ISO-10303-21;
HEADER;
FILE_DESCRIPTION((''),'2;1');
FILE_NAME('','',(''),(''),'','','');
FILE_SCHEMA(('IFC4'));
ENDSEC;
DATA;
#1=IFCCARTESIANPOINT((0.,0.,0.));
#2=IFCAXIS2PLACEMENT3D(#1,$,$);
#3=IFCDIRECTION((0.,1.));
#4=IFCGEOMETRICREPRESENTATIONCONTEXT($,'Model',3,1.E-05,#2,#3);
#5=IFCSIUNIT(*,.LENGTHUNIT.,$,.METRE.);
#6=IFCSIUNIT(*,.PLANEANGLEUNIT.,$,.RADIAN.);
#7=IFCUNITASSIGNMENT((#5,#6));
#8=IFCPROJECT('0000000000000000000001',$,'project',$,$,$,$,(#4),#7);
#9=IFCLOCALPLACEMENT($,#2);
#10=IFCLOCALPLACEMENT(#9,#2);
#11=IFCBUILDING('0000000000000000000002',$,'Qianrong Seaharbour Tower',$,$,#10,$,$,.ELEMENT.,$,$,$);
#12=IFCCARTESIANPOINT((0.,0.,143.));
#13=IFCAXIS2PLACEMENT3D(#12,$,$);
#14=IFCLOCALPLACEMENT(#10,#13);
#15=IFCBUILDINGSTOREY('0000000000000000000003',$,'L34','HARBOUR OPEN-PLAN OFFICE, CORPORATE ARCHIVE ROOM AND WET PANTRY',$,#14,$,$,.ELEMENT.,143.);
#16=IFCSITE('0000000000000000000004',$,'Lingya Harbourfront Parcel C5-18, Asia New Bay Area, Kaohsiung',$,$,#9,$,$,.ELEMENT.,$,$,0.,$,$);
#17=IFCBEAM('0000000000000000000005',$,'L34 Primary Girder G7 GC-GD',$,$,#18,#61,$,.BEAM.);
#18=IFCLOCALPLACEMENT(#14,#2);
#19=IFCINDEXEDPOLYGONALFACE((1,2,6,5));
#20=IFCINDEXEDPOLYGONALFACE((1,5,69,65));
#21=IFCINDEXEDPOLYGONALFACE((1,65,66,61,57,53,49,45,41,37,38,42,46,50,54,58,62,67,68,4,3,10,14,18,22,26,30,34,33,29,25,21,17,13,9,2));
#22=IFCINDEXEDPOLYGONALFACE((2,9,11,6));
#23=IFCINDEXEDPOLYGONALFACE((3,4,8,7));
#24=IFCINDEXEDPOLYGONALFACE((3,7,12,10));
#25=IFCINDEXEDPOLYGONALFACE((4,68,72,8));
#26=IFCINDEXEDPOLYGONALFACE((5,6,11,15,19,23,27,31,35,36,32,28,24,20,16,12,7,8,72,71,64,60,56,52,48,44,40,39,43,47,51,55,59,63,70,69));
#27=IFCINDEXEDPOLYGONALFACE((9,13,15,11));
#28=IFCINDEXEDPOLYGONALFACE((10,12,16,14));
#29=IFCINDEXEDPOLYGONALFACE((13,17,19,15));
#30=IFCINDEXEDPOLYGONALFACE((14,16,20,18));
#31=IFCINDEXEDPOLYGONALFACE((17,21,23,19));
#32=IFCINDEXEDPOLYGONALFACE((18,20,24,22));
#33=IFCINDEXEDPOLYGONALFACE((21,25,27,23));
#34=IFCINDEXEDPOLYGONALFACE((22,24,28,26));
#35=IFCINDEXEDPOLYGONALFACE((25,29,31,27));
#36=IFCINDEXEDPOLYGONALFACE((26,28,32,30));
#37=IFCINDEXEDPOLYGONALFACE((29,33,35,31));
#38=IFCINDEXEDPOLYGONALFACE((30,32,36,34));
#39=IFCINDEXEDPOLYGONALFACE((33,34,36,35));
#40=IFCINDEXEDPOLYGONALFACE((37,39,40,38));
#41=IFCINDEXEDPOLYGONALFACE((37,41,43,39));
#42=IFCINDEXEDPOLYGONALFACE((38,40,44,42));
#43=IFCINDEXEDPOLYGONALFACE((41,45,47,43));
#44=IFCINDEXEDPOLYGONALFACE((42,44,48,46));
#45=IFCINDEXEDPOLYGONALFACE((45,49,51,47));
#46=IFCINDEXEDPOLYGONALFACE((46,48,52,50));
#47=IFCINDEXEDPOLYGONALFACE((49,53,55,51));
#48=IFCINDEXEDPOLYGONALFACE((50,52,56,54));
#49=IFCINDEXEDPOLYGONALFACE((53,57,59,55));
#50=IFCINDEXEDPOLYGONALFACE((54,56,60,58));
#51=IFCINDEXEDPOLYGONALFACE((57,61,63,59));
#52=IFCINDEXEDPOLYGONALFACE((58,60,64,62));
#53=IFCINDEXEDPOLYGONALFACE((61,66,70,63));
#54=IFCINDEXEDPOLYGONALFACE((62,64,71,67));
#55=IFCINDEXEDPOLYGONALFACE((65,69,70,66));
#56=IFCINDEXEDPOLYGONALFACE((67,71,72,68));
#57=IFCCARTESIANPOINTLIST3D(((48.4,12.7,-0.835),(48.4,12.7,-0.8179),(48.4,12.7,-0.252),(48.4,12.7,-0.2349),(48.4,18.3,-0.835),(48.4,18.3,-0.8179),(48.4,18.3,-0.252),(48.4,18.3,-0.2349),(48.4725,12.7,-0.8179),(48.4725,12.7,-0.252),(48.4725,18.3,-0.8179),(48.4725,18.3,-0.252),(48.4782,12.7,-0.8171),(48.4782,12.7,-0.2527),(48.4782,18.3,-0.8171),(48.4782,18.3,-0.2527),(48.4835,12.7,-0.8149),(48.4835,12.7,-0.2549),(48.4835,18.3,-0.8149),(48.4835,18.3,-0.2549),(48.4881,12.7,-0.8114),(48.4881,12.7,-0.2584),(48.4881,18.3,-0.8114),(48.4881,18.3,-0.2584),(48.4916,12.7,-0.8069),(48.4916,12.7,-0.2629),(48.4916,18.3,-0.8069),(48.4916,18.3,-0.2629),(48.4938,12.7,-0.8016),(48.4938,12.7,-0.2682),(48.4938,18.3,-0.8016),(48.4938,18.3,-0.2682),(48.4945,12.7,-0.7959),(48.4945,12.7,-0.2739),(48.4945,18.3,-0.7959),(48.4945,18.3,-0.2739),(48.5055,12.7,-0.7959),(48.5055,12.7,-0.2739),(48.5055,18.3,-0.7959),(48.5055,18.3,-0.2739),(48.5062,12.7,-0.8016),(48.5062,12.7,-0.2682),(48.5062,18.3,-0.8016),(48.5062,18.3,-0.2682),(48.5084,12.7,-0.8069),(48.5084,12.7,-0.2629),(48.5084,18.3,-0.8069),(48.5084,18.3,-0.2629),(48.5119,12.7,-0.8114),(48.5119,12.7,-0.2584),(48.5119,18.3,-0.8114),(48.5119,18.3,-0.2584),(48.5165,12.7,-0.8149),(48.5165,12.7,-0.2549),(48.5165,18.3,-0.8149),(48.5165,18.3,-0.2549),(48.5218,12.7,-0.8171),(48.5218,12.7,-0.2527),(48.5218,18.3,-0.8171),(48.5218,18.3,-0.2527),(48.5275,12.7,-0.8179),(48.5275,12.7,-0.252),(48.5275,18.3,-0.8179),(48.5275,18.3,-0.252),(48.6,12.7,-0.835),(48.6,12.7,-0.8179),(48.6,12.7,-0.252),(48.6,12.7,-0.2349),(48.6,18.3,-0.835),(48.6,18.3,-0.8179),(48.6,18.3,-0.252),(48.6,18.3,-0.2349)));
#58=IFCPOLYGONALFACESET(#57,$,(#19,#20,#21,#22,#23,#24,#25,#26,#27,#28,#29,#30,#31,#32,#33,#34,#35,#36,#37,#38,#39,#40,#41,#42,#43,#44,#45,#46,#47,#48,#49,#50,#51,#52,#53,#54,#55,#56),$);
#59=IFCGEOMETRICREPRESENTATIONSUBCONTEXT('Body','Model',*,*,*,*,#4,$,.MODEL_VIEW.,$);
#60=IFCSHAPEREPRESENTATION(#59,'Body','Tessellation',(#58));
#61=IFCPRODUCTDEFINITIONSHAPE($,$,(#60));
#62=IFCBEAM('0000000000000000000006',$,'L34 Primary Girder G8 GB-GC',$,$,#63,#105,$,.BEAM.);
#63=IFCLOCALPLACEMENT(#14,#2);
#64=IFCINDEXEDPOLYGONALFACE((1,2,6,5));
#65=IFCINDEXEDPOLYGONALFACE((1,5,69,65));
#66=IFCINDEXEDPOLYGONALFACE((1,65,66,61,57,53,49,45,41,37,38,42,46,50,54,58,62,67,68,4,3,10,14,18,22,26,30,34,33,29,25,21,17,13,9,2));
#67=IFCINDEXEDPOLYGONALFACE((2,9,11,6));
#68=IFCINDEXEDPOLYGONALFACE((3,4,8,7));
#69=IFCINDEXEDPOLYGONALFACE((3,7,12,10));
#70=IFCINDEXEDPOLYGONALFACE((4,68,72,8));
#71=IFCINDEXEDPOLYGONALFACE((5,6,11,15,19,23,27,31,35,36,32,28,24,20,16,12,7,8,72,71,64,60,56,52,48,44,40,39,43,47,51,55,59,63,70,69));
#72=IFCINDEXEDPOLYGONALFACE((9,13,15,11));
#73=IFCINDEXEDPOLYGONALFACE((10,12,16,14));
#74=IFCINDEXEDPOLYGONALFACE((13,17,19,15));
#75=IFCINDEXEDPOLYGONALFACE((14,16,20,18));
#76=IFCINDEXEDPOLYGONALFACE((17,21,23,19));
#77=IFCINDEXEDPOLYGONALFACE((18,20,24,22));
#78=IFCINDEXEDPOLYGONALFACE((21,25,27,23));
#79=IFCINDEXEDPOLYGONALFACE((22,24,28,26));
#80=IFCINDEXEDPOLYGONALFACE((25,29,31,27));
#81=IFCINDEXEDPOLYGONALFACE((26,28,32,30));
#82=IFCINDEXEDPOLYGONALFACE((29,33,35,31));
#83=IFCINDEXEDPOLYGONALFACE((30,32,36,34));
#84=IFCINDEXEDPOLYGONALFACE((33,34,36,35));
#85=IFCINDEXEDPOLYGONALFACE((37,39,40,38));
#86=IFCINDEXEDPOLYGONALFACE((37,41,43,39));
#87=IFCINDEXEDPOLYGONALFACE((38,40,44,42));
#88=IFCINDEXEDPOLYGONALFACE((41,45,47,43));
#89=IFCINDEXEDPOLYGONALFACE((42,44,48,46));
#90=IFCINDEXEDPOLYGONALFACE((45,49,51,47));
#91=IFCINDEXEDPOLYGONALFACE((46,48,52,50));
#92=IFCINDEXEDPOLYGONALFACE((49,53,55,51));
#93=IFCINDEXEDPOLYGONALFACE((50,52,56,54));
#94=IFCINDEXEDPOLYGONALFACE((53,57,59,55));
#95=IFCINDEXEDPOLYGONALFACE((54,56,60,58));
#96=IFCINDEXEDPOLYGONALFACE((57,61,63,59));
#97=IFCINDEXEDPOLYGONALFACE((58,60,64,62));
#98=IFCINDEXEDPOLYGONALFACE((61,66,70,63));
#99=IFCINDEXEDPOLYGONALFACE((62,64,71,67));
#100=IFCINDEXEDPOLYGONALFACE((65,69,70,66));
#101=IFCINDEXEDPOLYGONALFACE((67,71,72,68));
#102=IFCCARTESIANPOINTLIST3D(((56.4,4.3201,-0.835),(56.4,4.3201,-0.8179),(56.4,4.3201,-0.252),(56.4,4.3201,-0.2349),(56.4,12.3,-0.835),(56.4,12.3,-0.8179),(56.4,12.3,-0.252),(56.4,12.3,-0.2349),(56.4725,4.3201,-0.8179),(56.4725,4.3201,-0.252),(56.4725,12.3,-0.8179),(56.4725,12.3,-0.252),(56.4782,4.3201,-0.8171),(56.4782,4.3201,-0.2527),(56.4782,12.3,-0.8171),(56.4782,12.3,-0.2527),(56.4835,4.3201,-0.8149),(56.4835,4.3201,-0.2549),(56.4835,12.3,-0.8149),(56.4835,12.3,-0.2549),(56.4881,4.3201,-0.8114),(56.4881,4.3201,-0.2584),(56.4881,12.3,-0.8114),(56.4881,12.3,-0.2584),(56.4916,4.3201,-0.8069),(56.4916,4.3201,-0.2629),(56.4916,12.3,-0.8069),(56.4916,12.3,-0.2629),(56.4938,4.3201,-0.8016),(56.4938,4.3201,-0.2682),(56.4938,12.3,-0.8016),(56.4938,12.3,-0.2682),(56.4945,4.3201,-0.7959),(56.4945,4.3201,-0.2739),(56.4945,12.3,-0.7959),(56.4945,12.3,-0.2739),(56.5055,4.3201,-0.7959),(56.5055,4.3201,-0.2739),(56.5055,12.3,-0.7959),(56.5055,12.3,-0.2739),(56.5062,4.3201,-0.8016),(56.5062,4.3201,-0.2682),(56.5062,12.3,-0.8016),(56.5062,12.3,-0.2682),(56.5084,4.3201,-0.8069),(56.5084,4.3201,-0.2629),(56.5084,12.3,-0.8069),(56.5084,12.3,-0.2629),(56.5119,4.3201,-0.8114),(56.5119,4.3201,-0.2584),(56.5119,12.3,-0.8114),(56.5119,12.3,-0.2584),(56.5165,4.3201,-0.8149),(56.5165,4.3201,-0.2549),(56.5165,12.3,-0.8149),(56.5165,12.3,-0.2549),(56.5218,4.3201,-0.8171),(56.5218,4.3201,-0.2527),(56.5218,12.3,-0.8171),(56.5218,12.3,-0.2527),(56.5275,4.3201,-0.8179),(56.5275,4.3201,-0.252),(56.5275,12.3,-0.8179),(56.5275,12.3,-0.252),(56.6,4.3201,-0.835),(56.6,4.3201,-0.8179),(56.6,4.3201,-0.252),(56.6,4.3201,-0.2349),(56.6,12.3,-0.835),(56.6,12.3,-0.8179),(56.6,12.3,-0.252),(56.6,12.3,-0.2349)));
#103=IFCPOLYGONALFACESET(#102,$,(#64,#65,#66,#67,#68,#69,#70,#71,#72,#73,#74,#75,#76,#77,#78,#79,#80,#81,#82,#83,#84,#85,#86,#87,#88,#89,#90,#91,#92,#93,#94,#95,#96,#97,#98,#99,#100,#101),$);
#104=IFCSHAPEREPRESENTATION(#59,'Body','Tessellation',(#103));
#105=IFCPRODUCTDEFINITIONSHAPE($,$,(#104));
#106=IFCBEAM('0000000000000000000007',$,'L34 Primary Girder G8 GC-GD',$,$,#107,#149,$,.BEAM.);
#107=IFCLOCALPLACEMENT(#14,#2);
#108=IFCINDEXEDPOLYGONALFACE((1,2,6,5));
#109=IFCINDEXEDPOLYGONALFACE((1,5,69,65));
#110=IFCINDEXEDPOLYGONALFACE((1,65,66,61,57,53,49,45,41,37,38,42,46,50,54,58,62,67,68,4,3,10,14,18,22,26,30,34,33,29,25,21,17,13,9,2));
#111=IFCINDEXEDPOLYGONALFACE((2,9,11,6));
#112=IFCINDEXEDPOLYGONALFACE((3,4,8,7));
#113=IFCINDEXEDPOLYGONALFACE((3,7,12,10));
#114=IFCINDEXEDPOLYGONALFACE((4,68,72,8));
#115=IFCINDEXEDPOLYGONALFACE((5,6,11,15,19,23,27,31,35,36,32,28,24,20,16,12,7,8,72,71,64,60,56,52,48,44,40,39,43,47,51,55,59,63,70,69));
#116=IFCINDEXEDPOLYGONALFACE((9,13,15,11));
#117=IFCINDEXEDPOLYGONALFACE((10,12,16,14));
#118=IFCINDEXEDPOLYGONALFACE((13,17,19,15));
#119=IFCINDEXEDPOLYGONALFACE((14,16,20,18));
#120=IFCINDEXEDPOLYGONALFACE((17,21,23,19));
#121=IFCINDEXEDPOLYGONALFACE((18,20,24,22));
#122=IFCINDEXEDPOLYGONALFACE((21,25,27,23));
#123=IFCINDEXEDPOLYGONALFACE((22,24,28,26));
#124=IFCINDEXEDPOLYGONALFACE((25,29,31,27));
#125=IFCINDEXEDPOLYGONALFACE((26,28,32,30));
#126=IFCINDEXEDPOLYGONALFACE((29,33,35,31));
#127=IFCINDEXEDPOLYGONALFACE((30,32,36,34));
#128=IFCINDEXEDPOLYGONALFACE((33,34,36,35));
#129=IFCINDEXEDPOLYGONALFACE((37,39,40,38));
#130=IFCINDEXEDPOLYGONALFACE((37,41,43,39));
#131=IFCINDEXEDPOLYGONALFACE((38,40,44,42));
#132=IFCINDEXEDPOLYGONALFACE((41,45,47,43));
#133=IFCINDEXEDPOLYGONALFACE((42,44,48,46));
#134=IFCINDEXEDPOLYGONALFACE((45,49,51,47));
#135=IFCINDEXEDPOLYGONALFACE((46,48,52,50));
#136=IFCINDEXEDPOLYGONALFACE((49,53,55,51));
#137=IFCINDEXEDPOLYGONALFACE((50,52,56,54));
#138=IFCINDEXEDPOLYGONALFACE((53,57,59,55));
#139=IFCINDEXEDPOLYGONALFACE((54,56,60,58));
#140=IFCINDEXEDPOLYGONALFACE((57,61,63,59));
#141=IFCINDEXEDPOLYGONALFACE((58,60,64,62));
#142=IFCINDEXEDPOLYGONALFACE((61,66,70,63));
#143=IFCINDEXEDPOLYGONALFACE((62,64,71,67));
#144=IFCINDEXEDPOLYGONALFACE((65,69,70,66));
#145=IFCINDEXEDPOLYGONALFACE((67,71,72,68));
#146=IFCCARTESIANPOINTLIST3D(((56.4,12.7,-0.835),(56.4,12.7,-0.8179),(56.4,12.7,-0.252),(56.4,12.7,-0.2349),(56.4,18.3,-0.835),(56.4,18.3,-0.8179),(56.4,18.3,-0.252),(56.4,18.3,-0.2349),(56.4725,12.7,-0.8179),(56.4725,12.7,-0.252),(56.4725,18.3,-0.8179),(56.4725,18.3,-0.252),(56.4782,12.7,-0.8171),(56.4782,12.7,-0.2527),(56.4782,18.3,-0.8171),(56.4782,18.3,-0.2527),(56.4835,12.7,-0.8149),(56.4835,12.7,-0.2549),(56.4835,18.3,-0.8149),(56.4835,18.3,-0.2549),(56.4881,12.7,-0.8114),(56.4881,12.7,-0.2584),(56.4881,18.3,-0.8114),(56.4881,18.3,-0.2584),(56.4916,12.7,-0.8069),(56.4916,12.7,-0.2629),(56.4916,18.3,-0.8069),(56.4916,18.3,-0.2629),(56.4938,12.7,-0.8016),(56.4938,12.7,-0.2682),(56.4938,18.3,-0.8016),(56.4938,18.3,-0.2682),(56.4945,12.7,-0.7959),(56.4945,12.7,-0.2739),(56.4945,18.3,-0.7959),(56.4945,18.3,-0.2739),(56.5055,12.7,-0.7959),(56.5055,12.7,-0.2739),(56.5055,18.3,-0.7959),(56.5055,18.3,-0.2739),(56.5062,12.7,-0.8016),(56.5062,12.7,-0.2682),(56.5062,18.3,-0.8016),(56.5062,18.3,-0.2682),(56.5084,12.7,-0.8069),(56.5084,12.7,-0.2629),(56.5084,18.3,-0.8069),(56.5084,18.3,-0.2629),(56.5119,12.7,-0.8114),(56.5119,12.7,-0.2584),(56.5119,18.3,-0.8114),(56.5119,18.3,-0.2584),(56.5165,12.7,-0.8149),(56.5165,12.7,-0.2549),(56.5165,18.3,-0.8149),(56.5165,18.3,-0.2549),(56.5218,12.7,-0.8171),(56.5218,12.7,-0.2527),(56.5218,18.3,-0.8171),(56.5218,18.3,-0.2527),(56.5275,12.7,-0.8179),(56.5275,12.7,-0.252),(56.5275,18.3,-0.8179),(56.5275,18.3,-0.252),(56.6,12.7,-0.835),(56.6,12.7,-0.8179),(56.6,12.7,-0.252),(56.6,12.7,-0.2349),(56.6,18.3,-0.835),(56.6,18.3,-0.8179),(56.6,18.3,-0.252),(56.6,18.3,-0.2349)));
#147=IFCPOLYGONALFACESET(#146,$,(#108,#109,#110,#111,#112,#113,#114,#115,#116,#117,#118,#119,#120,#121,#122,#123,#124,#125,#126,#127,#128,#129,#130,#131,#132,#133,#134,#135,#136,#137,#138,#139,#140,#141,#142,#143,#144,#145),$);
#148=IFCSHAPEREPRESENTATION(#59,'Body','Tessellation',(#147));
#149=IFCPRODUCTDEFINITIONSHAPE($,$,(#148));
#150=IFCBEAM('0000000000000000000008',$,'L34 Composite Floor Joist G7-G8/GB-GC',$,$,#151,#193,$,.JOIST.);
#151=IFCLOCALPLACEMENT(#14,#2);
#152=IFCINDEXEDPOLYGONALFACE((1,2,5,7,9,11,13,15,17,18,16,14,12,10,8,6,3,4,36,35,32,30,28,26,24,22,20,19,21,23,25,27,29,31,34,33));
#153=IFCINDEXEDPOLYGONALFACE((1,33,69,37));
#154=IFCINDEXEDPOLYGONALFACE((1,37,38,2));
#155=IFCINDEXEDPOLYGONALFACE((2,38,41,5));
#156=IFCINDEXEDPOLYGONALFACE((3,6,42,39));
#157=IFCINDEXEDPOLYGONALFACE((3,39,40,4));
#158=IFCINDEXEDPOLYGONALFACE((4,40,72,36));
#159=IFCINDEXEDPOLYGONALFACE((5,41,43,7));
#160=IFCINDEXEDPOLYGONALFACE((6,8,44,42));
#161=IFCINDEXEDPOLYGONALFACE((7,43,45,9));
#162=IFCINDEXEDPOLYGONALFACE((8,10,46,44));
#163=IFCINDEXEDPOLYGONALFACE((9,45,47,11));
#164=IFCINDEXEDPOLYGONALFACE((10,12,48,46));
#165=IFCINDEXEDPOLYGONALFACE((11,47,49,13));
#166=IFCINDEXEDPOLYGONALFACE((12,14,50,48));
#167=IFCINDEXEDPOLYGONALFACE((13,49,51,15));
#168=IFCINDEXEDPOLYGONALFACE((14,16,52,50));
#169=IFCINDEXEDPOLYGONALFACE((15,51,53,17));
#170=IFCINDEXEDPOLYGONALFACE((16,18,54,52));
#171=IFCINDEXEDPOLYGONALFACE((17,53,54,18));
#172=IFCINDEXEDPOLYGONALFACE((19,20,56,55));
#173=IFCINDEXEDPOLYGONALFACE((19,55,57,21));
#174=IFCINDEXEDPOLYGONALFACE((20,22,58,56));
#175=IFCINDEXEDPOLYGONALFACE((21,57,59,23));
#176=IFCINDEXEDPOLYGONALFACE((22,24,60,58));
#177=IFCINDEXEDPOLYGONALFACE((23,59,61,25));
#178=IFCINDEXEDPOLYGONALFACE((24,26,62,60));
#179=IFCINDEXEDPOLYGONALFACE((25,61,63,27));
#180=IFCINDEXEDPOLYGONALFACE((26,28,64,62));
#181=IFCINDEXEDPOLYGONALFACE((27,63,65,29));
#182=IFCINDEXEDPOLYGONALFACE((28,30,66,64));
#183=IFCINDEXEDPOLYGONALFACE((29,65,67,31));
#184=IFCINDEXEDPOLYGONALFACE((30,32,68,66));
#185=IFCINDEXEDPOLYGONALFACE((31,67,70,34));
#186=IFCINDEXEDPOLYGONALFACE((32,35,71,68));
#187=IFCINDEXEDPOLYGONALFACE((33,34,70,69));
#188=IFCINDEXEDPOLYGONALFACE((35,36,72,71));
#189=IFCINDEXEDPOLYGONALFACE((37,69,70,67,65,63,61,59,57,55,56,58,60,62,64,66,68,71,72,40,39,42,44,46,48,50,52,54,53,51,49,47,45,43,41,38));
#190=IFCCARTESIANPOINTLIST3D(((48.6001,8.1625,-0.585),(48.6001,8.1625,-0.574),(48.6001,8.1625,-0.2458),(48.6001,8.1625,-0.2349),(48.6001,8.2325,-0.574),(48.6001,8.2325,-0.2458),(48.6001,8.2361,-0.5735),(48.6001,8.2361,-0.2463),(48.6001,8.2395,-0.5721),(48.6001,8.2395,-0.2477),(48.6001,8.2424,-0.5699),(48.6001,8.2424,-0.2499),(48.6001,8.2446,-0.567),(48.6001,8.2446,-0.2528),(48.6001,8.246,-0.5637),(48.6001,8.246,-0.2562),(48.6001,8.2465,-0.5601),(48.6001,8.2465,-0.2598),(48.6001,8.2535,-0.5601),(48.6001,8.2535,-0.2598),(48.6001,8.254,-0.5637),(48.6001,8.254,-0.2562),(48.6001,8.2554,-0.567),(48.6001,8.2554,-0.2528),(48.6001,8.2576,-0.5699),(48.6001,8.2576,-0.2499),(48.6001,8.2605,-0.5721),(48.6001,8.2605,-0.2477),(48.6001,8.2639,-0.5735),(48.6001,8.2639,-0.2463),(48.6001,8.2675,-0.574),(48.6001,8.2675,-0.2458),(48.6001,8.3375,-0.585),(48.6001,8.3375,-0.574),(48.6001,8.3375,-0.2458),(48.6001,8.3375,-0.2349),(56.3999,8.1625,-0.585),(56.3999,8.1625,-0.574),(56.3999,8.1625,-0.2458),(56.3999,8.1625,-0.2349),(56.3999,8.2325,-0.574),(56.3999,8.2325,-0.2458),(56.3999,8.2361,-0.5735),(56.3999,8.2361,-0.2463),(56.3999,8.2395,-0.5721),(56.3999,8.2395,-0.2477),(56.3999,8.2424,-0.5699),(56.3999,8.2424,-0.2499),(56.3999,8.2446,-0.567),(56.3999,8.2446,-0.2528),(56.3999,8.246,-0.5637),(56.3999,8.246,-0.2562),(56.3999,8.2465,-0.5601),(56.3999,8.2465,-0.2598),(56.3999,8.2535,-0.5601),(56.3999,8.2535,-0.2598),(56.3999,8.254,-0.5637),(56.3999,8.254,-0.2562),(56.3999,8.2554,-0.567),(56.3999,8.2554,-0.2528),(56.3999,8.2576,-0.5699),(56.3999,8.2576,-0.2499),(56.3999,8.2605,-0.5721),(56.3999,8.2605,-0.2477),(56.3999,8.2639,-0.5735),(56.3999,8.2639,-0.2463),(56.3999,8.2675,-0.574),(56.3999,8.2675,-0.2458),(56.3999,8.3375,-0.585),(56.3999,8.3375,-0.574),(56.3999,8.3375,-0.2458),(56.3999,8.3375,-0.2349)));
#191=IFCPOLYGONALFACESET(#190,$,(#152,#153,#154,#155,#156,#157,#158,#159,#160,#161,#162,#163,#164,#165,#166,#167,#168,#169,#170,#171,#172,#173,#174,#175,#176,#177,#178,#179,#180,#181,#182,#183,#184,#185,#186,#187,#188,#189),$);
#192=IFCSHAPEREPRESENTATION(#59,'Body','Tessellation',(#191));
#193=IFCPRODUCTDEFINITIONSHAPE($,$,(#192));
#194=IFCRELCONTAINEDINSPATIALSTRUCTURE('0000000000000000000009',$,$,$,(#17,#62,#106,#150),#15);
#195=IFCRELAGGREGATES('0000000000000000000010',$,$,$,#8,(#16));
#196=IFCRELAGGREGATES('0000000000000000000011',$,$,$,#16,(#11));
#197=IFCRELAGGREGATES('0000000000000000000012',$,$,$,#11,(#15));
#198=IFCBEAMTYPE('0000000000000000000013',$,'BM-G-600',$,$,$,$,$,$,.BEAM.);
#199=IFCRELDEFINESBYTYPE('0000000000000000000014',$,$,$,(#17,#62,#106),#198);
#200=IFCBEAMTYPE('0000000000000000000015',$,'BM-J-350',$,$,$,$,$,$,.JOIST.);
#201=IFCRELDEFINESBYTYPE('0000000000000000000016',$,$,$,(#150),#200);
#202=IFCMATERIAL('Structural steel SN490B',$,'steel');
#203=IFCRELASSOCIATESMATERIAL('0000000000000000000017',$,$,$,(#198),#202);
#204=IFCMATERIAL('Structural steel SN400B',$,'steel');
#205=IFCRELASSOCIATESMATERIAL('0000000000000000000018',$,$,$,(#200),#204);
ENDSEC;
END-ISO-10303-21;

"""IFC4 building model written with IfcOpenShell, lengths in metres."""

from ifc_helpers import new_model, si_unit, direction, frame, origin, origin_2d, place, context, subcontext, project, spatial, i_section, extrude, material, material_profile, profile_set, type_object, element, save


model = new_model("IFC4")

# Units and contexts
model_context = context("Model", 3, precision=1e-05, world=origin(), true_north=direction((0.0, 1.0)))
body_context = subcontext(model_context, "Body", "Model", "MODEL_VIEW")
ifc_project = project(units=[si_unit("LENGTHUNIT", "METRE"), si_unit("PLANEANGLEUNIT", "RADIAN")], contexts=[model_context])

# Site, building, storey
site_placement = place(None, origin())
site = spatial("IfcSite", under=ifc_project, at=site_placement, Name="Lingya Harbourfront Parcel C5-18, Asia New Bay Area, Kaohsiung", CompositionType="ELEMENT", RefElevation=0.0)
building_placement = place(site_placement, origin())
building = spatial("IfcBuilding", under=site, at=building_placement, Name="Qianrong Seaharbour Tower", CompositionType="ELEMENT")
storey_placement = place(building_placement, frame((0.0, 0.0, 143.0)))
storey = spatial("IfcBuildingStorey", under=building, at=storey_placement, Name="L34", Description="HARBOUR OPEN-PLAN OFFICE, CORPORATE ARCHIVE ROOM AND WET PANTRY", CompositionType="ELEMENT", Elevation=143.0)

# Shared definitions
ifc_material_1 = material(Name="Structural steel SN490B", Category="steel")

# Beams
ifc_material_profile_1 = material_profile(ifc_material_1, i_section(OverallWidth=0.2, OverallDepth=0.6001, WebThickness=0.011, FlangeThickness=0.0171, FilletRadius=0.022, at=origin_2d()), Name="H600x200x11x17")
ifc_profile_set_1 = profile_set([ifc_material_profile_1], Name="Structural steel SN490B")
beam_type_1 = type_object("IfcBeamType", Name="BM-G-600", PredefinedType="BEAM", material=ifc_profile_set_1)
beam_1_placement = place(storey_placement, frame((48.5, 12.7, -0.5349), z_axis=(0.0, 1.0, 0.0), x_axis=(-1.0, 0.0, 0.0)))
element("IfcBeam", 1, at=beam_1_placement, inside=storey, type_object=beam_type_1, Name="L34 Primary Girder G7 GC-GD", PredefinedType="BEAM", context=body_context, shape_type="SweptSolid", body=[
    extrude(i_section(OverallWidth=0.2, OverallDepth=0.6001, WebThickness=0.011, FlangeThickness=0.0171, FilletRadius=0.022, at=origin_2d()), origin(), (0.0, 0.0, 1.0), 5.6001),
])
beam_2_placement = place(storey_placement, frame((56.5, 4.3201, -0.5349), z_axis=(0.0, 1.0, 0.0), x_axis=(-1.0, 0.0, 0.0)))
element("IfcBeam", 2, at=beam_2_placement, inside=storey, type_object=beam_type_1, Name="L34 Primary Girder G8 GB-GC", PredefinedType="BEAM", context=body_context, shape_type="SweptSolid", body=[
    extrude(i_section(OverallWidth=0.2, OverallDepth=0.6001, WebThickness=0.011, FlangeThickness=0.0171, FilletRadius=0.022, at=origin_2d()), origin(), (0.0, 0.0, 1.0), 7.98),
])
beam_3_placement = place(storey_placement, frame((56.5, 12.7, -0.5349), z_axis=(0.0, 1.0, 0.0), x_axis=(-1.0, 0.0, 0.0)))
element("IfcBeam", 3, at=beam_3_placement, inside=storey, type_object=beam_type_1, Name="L34 Primary Girder G8 GC-GD", PredefinedType="BEAM", context=body_context, shape_type="SweptSolid", body=[
    extrude(i_section(OverallWidth=0.2, OverallDepth=0.6001, WebThickness=0.011, FlangeThickness=0.0171, FilletRadius=0.022, at=origin_2d()), origin(), (0.0, 0.0, 1.0), 5.6001),
])
ifc_material_2 = material(Name="Structural steel SN400B", Category="steel")
ifc_material_profile_2 = material_profile(ifc_material_2, i_section(OverallWidth=0.175, OverallDepth=0.3501, WebThickness=0.0071, FlangeThickness=0.011, FilletRadius=0.0139, at=origin_2d()), Name="H350x175x7x11")
ifc_profile_set_2 = profile_set([ifc_material_profile_2], Name="Structural steel SN400B")
beam_type_2 = type_object("IfcBeamType", Name="BM-J-350", PredefinedType="JOIST", material=ifc_profile_set_2)
for number, where, z_axis, x_axis, name in (
    (4, (48.6001, 8.25, -0.4099), (1.0, 0.0, 0.0), (0.0, 1.0, 0.0), "L34 Composite Floor Joist G7-G8/GB-GC"),
):
    element("IfcBeam", number, at=place(storey_placement, frame(where, z_axis=z_axis, x_axis=x_axis)), inside=storey, type_object=beam_type_2, Name=name, PredefinedType="JOIST", context=body_context, shape_type="SweptSolid", body=[
        extrude(i_section(OverallWidth=0.175, OverallDepth=0.3501, WebThickness=0.0071, FlangeThickness=0.011, FilletRadius=0.0139, at=origin_2d()), origin(), (0.0, 0.0, 1.0), 7.7998),
    ])

save(model, "model.ifc")
